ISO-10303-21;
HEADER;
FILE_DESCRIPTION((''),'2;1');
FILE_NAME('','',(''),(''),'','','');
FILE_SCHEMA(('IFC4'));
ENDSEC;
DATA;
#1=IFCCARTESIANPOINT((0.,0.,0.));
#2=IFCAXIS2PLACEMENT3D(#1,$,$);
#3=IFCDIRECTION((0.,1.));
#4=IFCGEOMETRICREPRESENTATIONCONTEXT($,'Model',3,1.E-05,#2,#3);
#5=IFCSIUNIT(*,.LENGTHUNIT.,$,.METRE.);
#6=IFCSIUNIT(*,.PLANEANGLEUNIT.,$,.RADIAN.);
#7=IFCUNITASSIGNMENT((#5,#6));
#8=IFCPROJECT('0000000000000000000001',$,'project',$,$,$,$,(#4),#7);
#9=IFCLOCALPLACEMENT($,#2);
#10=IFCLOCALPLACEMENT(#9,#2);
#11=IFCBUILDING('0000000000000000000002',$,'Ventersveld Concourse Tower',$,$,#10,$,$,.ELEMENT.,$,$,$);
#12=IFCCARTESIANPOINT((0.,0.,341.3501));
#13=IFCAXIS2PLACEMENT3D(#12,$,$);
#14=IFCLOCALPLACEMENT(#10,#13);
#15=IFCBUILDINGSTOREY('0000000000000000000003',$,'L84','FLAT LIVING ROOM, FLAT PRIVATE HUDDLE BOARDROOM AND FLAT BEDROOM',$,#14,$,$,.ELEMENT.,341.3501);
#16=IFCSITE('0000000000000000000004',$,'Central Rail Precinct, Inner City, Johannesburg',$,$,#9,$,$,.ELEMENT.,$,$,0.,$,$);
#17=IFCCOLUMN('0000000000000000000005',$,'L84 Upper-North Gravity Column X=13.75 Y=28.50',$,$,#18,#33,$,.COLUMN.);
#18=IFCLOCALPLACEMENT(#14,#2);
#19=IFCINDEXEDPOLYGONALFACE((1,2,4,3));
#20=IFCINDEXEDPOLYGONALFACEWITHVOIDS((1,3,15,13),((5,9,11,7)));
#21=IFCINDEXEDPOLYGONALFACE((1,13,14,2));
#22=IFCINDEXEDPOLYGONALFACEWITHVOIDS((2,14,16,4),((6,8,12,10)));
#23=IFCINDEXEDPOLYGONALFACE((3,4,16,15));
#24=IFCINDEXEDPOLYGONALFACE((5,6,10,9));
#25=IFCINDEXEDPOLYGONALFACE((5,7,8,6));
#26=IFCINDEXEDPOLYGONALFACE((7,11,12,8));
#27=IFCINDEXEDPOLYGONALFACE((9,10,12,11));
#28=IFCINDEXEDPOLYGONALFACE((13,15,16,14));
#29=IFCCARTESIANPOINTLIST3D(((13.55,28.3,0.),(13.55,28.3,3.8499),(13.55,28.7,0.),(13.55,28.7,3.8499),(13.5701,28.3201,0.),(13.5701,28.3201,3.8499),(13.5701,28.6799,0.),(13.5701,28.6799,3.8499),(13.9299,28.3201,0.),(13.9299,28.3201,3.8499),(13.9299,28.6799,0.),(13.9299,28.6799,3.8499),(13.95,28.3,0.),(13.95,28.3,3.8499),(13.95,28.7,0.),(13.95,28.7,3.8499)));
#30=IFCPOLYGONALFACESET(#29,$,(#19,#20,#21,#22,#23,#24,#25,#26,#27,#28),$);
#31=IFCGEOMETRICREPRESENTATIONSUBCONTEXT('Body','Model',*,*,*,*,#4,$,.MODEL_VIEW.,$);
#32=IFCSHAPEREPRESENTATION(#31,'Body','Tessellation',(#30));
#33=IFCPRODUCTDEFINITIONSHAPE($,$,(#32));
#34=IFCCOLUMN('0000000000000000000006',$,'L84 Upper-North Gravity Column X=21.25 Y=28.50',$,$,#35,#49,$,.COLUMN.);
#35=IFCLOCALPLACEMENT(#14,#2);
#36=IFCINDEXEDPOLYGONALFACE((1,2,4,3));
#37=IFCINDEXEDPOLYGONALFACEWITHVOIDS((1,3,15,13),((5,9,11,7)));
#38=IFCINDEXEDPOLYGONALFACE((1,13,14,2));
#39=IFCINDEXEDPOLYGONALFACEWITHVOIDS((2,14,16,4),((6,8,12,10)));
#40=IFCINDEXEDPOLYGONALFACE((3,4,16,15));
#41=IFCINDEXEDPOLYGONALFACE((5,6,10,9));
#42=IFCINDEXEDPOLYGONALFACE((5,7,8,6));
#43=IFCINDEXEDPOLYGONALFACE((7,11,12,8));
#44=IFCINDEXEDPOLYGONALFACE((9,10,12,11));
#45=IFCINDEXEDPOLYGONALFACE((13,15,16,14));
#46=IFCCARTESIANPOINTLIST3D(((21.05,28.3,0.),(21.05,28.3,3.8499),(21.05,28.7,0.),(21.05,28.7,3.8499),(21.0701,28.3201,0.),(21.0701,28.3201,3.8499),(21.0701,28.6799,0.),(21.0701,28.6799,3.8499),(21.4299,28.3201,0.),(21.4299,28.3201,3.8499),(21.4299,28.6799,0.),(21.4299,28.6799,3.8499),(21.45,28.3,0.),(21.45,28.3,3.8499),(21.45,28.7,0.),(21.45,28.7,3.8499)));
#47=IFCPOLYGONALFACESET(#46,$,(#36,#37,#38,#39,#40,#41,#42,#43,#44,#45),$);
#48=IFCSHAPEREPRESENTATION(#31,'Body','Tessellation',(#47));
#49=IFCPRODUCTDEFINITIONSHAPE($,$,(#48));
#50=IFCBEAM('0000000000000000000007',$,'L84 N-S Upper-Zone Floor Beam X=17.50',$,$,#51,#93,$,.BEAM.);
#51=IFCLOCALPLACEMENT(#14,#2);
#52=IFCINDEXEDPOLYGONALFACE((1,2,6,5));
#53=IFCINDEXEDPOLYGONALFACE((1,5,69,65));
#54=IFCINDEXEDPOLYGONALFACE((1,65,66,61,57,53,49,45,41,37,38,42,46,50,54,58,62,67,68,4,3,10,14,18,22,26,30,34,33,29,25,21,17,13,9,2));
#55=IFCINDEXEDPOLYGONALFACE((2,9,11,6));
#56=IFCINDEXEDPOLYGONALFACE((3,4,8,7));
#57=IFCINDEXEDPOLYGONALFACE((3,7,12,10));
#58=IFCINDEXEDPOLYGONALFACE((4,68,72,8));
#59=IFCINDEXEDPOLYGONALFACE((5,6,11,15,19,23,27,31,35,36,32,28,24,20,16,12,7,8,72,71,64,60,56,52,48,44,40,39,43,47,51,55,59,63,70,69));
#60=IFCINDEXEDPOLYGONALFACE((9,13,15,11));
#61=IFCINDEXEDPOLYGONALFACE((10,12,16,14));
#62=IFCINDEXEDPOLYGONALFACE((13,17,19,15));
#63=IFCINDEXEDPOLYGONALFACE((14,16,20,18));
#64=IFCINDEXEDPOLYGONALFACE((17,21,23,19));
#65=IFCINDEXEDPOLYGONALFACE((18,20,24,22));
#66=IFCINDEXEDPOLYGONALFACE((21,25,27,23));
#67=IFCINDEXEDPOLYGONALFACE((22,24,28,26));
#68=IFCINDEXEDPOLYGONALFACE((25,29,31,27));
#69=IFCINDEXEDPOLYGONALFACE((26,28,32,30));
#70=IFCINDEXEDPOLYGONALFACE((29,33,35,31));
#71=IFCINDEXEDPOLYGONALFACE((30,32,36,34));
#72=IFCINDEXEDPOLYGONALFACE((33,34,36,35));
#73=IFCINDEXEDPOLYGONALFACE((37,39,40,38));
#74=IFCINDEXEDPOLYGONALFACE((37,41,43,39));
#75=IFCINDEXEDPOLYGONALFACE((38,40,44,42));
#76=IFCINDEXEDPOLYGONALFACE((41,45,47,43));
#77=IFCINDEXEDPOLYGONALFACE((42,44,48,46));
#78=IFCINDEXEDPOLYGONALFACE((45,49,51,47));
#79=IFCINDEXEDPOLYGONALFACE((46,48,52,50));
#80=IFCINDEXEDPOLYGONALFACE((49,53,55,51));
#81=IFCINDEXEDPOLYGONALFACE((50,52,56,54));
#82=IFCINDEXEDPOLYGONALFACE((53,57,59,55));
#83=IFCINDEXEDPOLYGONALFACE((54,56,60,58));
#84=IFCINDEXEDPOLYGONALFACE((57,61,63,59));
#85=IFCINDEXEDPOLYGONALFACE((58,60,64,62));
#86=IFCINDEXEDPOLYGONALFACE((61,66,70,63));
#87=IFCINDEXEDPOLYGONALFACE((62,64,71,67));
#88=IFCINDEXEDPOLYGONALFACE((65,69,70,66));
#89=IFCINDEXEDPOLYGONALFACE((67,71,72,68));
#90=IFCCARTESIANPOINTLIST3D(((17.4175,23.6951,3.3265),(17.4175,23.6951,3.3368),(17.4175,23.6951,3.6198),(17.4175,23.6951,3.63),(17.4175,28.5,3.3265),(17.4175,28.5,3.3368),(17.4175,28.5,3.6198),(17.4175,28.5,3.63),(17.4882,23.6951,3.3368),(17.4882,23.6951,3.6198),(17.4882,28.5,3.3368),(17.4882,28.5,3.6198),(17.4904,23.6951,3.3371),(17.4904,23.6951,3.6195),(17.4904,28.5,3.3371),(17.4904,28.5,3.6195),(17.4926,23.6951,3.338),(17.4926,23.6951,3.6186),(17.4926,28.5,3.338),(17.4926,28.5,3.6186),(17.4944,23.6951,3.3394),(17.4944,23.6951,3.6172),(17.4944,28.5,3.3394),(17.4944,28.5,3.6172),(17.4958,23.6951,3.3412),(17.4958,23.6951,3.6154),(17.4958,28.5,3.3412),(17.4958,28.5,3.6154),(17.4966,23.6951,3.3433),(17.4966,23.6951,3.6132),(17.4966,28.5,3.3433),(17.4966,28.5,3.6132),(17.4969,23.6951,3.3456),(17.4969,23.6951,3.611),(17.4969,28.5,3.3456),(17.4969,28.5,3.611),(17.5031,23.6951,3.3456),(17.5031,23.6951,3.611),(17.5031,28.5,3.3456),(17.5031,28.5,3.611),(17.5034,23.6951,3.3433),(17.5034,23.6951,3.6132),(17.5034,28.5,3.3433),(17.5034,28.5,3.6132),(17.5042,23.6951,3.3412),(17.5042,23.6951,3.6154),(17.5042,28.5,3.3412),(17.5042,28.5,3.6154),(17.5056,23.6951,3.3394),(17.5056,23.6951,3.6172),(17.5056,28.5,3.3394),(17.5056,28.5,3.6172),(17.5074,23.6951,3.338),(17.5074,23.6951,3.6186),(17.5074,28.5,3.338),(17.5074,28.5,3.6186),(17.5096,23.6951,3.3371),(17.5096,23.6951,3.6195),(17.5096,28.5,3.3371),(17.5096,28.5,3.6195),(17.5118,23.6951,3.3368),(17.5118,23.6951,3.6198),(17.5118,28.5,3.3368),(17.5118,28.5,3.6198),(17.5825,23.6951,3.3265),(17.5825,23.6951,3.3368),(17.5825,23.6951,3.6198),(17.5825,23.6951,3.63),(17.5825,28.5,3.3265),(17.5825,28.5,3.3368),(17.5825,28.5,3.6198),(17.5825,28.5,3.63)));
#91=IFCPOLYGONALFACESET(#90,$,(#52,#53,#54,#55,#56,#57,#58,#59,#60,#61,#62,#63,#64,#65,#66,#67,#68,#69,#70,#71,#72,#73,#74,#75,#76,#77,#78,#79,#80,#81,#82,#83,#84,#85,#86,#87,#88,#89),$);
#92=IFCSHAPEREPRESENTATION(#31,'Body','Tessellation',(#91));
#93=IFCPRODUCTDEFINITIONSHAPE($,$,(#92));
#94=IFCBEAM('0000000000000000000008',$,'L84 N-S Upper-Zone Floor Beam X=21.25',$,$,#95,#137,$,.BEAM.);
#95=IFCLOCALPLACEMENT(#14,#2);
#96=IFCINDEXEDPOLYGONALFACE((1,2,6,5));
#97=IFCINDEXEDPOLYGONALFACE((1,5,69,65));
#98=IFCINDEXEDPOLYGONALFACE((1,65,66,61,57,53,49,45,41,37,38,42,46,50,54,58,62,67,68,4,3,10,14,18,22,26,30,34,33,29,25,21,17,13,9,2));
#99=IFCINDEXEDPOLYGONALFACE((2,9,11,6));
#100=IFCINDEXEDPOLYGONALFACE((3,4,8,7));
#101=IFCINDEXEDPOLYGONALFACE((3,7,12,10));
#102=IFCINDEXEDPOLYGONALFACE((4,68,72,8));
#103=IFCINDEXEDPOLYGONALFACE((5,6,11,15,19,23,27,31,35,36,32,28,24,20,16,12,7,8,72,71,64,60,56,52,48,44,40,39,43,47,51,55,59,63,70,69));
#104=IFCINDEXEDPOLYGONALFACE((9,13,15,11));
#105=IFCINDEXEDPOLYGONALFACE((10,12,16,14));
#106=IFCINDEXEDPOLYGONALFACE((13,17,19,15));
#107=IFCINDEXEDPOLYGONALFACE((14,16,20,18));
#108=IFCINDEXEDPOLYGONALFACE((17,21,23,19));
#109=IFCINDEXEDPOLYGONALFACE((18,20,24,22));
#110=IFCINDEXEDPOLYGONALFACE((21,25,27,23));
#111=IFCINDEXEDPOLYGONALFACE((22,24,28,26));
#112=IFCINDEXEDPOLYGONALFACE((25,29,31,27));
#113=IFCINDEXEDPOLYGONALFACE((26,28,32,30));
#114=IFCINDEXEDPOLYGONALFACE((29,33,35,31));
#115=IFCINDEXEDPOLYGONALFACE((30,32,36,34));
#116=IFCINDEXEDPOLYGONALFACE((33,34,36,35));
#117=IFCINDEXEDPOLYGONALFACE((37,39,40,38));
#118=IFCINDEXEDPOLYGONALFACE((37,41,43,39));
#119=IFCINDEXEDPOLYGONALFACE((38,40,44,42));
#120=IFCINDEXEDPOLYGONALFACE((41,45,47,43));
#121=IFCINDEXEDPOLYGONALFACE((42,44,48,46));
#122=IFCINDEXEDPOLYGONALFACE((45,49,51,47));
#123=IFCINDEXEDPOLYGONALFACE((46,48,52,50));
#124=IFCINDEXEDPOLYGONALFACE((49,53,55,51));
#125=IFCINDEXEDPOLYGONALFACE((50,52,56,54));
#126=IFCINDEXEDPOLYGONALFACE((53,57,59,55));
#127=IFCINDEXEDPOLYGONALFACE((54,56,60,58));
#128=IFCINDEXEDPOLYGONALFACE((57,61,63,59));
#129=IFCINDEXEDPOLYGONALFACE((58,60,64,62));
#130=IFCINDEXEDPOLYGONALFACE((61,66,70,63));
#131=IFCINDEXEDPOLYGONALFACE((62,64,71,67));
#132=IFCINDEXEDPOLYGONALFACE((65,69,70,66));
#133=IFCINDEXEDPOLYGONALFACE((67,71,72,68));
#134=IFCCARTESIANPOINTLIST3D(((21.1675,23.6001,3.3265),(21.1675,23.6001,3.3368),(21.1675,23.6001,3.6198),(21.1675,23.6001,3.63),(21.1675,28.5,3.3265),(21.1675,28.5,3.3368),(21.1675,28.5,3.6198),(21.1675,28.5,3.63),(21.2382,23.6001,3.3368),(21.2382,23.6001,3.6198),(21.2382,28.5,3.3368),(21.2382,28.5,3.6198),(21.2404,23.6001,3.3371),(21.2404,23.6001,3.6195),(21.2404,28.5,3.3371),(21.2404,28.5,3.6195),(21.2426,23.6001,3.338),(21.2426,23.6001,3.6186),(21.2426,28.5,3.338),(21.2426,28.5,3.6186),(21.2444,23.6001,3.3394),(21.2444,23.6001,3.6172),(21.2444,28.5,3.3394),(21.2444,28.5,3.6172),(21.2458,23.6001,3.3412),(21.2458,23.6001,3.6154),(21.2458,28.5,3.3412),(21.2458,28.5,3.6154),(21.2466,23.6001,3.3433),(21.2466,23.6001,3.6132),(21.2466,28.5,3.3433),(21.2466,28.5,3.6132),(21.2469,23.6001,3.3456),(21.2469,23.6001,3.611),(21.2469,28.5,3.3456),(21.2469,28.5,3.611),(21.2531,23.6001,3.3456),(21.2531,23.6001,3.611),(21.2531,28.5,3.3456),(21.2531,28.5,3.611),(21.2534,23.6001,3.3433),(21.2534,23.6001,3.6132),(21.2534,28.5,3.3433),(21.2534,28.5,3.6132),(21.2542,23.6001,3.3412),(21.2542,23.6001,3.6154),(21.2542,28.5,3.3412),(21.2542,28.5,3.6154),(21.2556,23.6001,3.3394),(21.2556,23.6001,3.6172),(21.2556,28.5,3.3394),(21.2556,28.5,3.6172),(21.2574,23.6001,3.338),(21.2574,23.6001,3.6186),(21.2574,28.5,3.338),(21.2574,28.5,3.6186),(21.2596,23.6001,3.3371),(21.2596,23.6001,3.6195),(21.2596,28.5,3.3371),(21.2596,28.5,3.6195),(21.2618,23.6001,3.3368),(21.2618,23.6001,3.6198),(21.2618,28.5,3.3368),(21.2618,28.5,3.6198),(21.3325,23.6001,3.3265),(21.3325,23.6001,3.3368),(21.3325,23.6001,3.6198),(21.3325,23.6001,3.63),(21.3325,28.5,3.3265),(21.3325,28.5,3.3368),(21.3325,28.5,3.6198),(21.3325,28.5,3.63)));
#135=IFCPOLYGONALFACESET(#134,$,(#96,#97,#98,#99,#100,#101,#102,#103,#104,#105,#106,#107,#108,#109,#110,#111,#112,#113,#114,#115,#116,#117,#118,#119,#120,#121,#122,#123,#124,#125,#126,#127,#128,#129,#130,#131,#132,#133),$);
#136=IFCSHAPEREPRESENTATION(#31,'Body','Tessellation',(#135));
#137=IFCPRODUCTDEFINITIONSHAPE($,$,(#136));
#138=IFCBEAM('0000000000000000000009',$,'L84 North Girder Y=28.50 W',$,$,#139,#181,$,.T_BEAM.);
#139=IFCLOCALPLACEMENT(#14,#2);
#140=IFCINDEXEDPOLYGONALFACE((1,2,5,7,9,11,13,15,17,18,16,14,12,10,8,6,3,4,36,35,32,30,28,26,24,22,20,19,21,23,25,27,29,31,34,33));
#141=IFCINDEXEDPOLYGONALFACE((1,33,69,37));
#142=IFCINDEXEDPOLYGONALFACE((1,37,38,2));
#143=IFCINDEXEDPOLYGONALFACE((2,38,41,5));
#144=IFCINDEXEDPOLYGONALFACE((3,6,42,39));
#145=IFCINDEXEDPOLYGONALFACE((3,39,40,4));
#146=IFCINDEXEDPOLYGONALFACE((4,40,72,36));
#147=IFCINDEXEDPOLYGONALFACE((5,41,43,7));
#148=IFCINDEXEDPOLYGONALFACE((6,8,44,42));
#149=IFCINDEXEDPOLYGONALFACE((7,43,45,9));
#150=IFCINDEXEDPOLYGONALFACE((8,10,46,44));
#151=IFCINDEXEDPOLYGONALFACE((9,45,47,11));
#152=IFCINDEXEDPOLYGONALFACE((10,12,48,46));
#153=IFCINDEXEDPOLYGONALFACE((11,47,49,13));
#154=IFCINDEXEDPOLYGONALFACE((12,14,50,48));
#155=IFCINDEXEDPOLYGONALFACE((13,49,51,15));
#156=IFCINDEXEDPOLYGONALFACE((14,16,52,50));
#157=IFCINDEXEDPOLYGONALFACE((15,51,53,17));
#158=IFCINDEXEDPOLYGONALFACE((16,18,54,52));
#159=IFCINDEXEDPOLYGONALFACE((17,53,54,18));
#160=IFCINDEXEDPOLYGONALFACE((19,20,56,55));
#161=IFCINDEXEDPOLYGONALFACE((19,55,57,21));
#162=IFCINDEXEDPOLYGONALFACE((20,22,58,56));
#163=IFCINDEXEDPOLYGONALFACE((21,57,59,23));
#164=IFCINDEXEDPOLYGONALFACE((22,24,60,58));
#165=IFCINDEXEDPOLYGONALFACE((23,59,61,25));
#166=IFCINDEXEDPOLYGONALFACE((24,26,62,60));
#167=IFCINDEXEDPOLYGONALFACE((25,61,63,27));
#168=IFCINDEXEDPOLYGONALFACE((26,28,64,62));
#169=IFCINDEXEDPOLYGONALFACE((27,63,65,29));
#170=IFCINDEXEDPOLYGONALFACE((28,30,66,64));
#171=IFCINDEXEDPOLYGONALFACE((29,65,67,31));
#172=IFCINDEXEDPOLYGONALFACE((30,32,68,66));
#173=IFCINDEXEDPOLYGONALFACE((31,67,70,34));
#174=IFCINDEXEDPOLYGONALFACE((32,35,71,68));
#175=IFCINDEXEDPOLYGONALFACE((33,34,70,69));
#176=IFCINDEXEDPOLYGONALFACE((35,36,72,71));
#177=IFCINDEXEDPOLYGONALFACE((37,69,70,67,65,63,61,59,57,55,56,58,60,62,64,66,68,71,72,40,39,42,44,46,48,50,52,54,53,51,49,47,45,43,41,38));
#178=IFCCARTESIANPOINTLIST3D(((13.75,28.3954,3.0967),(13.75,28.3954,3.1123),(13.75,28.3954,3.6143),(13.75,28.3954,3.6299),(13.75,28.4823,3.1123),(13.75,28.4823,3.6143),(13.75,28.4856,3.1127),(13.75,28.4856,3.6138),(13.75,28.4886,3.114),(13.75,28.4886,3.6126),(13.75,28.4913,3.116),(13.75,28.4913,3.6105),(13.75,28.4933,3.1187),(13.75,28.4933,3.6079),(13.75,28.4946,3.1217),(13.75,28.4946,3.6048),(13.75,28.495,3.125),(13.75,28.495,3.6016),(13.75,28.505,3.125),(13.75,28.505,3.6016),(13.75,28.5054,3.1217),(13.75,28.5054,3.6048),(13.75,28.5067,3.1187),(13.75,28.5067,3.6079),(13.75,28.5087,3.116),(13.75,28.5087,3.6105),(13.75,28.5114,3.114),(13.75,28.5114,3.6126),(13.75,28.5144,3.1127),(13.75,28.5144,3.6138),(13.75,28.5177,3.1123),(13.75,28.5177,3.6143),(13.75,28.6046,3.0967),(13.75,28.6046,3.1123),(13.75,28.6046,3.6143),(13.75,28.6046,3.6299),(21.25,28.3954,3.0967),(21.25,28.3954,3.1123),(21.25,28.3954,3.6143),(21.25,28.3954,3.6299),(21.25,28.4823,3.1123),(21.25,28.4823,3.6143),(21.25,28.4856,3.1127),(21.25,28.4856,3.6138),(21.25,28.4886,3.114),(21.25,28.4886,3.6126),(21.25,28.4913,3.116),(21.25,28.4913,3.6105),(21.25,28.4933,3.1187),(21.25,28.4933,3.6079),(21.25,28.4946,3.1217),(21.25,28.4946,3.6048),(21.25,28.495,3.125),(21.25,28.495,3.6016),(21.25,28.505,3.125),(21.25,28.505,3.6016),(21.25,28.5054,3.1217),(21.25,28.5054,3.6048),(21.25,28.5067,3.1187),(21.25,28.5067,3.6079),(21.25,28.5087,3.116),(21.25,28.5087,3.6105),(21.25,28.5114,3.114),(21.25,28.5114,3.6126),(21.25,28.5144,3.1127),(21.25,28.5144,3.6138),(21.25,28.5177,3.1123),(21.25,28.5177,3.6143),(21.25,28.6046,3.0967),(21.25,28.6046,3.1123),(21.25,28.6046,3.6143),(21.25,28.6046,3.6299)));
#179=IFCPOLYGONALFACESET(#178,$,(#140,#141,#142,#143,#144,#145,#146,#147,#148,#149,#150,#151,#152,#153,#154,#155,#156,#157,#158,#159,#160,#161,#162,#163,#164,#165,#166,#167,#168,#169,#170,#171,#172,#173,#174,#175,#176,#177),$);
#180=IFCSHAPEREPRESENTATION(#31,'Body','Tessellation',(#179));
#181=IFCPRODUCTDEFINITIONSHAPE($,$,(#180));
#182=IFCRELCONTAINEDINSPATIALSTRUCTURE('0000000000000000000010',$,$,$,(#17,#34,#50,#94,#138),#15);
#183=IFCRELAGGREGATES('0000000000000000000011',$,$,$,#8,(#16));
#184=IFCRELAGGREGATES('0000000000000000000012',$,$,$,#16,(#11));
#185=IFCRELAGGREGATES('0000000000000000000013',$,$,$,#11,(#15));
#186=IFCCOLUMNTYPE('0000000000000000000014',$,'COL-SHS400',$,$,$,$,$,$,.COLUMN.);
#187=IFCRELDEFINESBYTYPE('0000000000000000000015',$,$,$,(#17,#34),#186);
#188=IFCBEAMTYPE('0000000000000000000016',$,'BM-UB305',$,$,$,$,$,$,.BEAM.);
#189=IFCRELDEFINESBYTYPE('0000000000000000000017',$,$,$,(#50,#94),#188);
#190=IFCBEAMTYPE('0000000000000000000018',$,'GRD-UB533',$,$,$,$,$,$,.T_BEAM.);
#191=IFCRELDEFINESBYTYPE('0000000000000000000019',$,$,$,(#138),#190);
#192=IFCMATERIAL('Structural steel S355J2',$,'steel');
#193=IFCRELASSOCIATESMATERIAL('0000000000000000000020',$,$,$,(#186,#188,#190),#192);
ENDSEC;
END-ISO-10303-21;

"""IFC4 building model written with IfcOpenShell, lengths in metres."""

from ifc_helpers import new_model, si_unit, direction, frame, origin, origin_2d, place, context, subcontext, project, spatial, hollow_rectangle, i_section, extrude, material, material_profile, profile_set, type_object, element, save


model = new_model("IFC4")

# Units and contexts
model_context = context("Model", 3, precision=1e-05, world=origin(), true_north=direction((0.0, 1.0)))
body_context = subcontext(model_context, "Body", "Model", "MODEL_VIEW")
ifc_project = project(units=[si_unit("LENGTHUNIT", "METRE"), si_unit("PLANEANGLEUNIT", "RADIAN")], contexts=[model_context])

# Site, building, storey
site_placement = place(None, origin())
site = spatial("IfcSite", under=ifc_project, at=site_placement, Name="Central Rail Precinct, Inner City, Johannesburg", CompositionType="ELEMENT", RefElevation=0.0)
building_placement = place(site_placement, origin())
building = spatial("IfcBuilding", under=site, at=building_placement, Name="Ventersveld Concourse Tower", CompositionType="ELEMENT")
storey_placement = place(building_placement, frame((0.0, 0.0, 341.3501)))
storey = spatial("IfcBuildingStorey", under=building, at=storey_placement, Name="L84", Description="FLAT LIVING ROOM, FLAT PRIVATE HUDDLE BOARDROOM AND FLAT BEDROOM", CompositionType="ELEMENT", Elevation=341.3501)

# Columns
ifc_material_1 = material(Name="Structural steel S355J2", Category="steel")
ifc_material_profile_1 = material_profile(ifc_material_1, hollow_rectangle(XDim=0.3999, YDim=0.3999, WallThickness=0.02, at=origin_2d()), Name="SHS 400x400x20")
ifc_profile_set_1 = profile_set([ifc_material_profile_1], Name="Structural steel S355J2")
column_type = type_object("IfcColumnType", Name="COL-SHS400", PredefinedType="COLUMN", material=ifc_profile_set_1)
for number, where, z_axis, x_axis, name in (
    (1, (13.75, 28.5, 0.0), (0.0, 0.0, 1.0), (1.0, 0.0, 0.0), "L84 Upper-North Gravity Column X=13.75 Y=28.50"),
    (2, (21.25, 28.5, 0.0), (0.0, 0.0, 1.0), (1.0, 0.0, 0.0), "L84 Upper-North Gravity Column X=21.25 Y=28.50"),
):
    element("IfcColumn", number, at=place(storey_placement, frame(where, z_axis=z_axis, x_axis=x_axis)), inside=storey, type_object=column_type, Name=name, PredefinedType="COLUMN", context=body_context, shape_type="SweptSolid", body=[
        extrude(hollow_rectangle(XDim=0.3999, YDim=0.3999, WallThickness=0.02, at=origin_2d()), origin(), (0.0, 0.0, 1.0), 3.8499),
    ])

# Beams
ifc_material_profile_2 = material_profile(ifc_material_1, i_section(OverallWidth=0.165, OverallDepth=0.3035, WebThickness=0.0061, FlangeThickness=0.0103, FilletRadius=0.0088, at=origin_2d()), Name="UB 305x165x40")
ifc_profile_set_2 = profile_set([ifc_material_profile_2], Name="Structural steel S355J2")
beam_type_1 = type_object("IfcBeamType", Name="BM-UB305", PredefinedType="BEAM", material=ifc_profile_set_2)
beam_1_placement = place(storey_placement, frame((17.5, 23.6951, 3.4783), z_axis=(0.0, 1.0, 0.0), x_axis=(-1.0, 0.0, 0.0)))
element("IfcBeam", 3, at=beam_1_placement, inside=storey, type_object=beam_type_1, Name="L84 N-S Upper-Zone Floor Beam X=17.50", PredefinedType="BEAM", context=body_context, shape_type="SweptSolid", body=[
    extrude(i_section(OverallWidth=0.165, OverallDepth=0.3035, WebThickness=0.0061, FlangeThickness=0.0103, FilletRadius=0.0088, at=origin_2d()), origin(), (0.0, 0.0, 1.0), 4.8049),
])
beam_2_placement = place(storey_placement, frame((21.25, 23.6001, 3.4783), z_axis=(0.0, 1.0, 0.0), x_axis=(-1.0, 0.0, 0.0)))
element("IfcBeam", 4, at=beam_2_placement, inside=storey, type_object=beam_type_1, Name="L84 N-S Upper-Zone Floor Beam X=21.25", PredefinedType="BEAM", context=body_context, shape_type="SweptSolid", body=[
    extrude(i_section(OverallWidth=0.165, OverallDepth=0.3035, WebThickness=0.0061, FlangeThickness=0.0103, FilletRadius=0.0088, at=origin_2d()), origin(), (0.0, 0.0, 1.0), 4.8999),
])
ifc_material_profile_3 = material_profile(ifc_material_1, i_section(OverallWidth=0.2092, OverallDepth=0.5332, WebThickness=0.01, FlangeThickness=0.0156, FilletRadius=0.0127, at=origin_2d()), Name="UB 533x210x92")
ifc_profile_set_3 = profile_set([ifc_material_profile_3], Name="Structural steel S355J2")
beam_type_2 = type_object("IfcBeamType", Name="GRD-UB533", PredefinedType="T_BEAM", material=ifc_profile_set_3)
beam_3_placement = place(storey_placement, frame((13.75, 28.5, 3.3633), z_axis=(1.0, 0.0, 0.0), x_axis=(0.0, 1.0, 0.0)))
element("IfcBeam", 5, at=beam_3_placement, inside=storey, type_object=beam_type_2, Name="L84 North Girder Y=28.50 W", PredefinedType="T_BEAM", context=body_context, shape_type="SweptSolid", body=[
    extrude(i_section(OverallWidth=0.2092, OverallDepth=0.5332, WebThickness=0.01, FlangeThickness=0.0156, FilletRadius=0.0127, at=origin_2d()), origin(), (0.0, 0.0, 1.0), 7.5),
])

save(model, "model.ifc")
